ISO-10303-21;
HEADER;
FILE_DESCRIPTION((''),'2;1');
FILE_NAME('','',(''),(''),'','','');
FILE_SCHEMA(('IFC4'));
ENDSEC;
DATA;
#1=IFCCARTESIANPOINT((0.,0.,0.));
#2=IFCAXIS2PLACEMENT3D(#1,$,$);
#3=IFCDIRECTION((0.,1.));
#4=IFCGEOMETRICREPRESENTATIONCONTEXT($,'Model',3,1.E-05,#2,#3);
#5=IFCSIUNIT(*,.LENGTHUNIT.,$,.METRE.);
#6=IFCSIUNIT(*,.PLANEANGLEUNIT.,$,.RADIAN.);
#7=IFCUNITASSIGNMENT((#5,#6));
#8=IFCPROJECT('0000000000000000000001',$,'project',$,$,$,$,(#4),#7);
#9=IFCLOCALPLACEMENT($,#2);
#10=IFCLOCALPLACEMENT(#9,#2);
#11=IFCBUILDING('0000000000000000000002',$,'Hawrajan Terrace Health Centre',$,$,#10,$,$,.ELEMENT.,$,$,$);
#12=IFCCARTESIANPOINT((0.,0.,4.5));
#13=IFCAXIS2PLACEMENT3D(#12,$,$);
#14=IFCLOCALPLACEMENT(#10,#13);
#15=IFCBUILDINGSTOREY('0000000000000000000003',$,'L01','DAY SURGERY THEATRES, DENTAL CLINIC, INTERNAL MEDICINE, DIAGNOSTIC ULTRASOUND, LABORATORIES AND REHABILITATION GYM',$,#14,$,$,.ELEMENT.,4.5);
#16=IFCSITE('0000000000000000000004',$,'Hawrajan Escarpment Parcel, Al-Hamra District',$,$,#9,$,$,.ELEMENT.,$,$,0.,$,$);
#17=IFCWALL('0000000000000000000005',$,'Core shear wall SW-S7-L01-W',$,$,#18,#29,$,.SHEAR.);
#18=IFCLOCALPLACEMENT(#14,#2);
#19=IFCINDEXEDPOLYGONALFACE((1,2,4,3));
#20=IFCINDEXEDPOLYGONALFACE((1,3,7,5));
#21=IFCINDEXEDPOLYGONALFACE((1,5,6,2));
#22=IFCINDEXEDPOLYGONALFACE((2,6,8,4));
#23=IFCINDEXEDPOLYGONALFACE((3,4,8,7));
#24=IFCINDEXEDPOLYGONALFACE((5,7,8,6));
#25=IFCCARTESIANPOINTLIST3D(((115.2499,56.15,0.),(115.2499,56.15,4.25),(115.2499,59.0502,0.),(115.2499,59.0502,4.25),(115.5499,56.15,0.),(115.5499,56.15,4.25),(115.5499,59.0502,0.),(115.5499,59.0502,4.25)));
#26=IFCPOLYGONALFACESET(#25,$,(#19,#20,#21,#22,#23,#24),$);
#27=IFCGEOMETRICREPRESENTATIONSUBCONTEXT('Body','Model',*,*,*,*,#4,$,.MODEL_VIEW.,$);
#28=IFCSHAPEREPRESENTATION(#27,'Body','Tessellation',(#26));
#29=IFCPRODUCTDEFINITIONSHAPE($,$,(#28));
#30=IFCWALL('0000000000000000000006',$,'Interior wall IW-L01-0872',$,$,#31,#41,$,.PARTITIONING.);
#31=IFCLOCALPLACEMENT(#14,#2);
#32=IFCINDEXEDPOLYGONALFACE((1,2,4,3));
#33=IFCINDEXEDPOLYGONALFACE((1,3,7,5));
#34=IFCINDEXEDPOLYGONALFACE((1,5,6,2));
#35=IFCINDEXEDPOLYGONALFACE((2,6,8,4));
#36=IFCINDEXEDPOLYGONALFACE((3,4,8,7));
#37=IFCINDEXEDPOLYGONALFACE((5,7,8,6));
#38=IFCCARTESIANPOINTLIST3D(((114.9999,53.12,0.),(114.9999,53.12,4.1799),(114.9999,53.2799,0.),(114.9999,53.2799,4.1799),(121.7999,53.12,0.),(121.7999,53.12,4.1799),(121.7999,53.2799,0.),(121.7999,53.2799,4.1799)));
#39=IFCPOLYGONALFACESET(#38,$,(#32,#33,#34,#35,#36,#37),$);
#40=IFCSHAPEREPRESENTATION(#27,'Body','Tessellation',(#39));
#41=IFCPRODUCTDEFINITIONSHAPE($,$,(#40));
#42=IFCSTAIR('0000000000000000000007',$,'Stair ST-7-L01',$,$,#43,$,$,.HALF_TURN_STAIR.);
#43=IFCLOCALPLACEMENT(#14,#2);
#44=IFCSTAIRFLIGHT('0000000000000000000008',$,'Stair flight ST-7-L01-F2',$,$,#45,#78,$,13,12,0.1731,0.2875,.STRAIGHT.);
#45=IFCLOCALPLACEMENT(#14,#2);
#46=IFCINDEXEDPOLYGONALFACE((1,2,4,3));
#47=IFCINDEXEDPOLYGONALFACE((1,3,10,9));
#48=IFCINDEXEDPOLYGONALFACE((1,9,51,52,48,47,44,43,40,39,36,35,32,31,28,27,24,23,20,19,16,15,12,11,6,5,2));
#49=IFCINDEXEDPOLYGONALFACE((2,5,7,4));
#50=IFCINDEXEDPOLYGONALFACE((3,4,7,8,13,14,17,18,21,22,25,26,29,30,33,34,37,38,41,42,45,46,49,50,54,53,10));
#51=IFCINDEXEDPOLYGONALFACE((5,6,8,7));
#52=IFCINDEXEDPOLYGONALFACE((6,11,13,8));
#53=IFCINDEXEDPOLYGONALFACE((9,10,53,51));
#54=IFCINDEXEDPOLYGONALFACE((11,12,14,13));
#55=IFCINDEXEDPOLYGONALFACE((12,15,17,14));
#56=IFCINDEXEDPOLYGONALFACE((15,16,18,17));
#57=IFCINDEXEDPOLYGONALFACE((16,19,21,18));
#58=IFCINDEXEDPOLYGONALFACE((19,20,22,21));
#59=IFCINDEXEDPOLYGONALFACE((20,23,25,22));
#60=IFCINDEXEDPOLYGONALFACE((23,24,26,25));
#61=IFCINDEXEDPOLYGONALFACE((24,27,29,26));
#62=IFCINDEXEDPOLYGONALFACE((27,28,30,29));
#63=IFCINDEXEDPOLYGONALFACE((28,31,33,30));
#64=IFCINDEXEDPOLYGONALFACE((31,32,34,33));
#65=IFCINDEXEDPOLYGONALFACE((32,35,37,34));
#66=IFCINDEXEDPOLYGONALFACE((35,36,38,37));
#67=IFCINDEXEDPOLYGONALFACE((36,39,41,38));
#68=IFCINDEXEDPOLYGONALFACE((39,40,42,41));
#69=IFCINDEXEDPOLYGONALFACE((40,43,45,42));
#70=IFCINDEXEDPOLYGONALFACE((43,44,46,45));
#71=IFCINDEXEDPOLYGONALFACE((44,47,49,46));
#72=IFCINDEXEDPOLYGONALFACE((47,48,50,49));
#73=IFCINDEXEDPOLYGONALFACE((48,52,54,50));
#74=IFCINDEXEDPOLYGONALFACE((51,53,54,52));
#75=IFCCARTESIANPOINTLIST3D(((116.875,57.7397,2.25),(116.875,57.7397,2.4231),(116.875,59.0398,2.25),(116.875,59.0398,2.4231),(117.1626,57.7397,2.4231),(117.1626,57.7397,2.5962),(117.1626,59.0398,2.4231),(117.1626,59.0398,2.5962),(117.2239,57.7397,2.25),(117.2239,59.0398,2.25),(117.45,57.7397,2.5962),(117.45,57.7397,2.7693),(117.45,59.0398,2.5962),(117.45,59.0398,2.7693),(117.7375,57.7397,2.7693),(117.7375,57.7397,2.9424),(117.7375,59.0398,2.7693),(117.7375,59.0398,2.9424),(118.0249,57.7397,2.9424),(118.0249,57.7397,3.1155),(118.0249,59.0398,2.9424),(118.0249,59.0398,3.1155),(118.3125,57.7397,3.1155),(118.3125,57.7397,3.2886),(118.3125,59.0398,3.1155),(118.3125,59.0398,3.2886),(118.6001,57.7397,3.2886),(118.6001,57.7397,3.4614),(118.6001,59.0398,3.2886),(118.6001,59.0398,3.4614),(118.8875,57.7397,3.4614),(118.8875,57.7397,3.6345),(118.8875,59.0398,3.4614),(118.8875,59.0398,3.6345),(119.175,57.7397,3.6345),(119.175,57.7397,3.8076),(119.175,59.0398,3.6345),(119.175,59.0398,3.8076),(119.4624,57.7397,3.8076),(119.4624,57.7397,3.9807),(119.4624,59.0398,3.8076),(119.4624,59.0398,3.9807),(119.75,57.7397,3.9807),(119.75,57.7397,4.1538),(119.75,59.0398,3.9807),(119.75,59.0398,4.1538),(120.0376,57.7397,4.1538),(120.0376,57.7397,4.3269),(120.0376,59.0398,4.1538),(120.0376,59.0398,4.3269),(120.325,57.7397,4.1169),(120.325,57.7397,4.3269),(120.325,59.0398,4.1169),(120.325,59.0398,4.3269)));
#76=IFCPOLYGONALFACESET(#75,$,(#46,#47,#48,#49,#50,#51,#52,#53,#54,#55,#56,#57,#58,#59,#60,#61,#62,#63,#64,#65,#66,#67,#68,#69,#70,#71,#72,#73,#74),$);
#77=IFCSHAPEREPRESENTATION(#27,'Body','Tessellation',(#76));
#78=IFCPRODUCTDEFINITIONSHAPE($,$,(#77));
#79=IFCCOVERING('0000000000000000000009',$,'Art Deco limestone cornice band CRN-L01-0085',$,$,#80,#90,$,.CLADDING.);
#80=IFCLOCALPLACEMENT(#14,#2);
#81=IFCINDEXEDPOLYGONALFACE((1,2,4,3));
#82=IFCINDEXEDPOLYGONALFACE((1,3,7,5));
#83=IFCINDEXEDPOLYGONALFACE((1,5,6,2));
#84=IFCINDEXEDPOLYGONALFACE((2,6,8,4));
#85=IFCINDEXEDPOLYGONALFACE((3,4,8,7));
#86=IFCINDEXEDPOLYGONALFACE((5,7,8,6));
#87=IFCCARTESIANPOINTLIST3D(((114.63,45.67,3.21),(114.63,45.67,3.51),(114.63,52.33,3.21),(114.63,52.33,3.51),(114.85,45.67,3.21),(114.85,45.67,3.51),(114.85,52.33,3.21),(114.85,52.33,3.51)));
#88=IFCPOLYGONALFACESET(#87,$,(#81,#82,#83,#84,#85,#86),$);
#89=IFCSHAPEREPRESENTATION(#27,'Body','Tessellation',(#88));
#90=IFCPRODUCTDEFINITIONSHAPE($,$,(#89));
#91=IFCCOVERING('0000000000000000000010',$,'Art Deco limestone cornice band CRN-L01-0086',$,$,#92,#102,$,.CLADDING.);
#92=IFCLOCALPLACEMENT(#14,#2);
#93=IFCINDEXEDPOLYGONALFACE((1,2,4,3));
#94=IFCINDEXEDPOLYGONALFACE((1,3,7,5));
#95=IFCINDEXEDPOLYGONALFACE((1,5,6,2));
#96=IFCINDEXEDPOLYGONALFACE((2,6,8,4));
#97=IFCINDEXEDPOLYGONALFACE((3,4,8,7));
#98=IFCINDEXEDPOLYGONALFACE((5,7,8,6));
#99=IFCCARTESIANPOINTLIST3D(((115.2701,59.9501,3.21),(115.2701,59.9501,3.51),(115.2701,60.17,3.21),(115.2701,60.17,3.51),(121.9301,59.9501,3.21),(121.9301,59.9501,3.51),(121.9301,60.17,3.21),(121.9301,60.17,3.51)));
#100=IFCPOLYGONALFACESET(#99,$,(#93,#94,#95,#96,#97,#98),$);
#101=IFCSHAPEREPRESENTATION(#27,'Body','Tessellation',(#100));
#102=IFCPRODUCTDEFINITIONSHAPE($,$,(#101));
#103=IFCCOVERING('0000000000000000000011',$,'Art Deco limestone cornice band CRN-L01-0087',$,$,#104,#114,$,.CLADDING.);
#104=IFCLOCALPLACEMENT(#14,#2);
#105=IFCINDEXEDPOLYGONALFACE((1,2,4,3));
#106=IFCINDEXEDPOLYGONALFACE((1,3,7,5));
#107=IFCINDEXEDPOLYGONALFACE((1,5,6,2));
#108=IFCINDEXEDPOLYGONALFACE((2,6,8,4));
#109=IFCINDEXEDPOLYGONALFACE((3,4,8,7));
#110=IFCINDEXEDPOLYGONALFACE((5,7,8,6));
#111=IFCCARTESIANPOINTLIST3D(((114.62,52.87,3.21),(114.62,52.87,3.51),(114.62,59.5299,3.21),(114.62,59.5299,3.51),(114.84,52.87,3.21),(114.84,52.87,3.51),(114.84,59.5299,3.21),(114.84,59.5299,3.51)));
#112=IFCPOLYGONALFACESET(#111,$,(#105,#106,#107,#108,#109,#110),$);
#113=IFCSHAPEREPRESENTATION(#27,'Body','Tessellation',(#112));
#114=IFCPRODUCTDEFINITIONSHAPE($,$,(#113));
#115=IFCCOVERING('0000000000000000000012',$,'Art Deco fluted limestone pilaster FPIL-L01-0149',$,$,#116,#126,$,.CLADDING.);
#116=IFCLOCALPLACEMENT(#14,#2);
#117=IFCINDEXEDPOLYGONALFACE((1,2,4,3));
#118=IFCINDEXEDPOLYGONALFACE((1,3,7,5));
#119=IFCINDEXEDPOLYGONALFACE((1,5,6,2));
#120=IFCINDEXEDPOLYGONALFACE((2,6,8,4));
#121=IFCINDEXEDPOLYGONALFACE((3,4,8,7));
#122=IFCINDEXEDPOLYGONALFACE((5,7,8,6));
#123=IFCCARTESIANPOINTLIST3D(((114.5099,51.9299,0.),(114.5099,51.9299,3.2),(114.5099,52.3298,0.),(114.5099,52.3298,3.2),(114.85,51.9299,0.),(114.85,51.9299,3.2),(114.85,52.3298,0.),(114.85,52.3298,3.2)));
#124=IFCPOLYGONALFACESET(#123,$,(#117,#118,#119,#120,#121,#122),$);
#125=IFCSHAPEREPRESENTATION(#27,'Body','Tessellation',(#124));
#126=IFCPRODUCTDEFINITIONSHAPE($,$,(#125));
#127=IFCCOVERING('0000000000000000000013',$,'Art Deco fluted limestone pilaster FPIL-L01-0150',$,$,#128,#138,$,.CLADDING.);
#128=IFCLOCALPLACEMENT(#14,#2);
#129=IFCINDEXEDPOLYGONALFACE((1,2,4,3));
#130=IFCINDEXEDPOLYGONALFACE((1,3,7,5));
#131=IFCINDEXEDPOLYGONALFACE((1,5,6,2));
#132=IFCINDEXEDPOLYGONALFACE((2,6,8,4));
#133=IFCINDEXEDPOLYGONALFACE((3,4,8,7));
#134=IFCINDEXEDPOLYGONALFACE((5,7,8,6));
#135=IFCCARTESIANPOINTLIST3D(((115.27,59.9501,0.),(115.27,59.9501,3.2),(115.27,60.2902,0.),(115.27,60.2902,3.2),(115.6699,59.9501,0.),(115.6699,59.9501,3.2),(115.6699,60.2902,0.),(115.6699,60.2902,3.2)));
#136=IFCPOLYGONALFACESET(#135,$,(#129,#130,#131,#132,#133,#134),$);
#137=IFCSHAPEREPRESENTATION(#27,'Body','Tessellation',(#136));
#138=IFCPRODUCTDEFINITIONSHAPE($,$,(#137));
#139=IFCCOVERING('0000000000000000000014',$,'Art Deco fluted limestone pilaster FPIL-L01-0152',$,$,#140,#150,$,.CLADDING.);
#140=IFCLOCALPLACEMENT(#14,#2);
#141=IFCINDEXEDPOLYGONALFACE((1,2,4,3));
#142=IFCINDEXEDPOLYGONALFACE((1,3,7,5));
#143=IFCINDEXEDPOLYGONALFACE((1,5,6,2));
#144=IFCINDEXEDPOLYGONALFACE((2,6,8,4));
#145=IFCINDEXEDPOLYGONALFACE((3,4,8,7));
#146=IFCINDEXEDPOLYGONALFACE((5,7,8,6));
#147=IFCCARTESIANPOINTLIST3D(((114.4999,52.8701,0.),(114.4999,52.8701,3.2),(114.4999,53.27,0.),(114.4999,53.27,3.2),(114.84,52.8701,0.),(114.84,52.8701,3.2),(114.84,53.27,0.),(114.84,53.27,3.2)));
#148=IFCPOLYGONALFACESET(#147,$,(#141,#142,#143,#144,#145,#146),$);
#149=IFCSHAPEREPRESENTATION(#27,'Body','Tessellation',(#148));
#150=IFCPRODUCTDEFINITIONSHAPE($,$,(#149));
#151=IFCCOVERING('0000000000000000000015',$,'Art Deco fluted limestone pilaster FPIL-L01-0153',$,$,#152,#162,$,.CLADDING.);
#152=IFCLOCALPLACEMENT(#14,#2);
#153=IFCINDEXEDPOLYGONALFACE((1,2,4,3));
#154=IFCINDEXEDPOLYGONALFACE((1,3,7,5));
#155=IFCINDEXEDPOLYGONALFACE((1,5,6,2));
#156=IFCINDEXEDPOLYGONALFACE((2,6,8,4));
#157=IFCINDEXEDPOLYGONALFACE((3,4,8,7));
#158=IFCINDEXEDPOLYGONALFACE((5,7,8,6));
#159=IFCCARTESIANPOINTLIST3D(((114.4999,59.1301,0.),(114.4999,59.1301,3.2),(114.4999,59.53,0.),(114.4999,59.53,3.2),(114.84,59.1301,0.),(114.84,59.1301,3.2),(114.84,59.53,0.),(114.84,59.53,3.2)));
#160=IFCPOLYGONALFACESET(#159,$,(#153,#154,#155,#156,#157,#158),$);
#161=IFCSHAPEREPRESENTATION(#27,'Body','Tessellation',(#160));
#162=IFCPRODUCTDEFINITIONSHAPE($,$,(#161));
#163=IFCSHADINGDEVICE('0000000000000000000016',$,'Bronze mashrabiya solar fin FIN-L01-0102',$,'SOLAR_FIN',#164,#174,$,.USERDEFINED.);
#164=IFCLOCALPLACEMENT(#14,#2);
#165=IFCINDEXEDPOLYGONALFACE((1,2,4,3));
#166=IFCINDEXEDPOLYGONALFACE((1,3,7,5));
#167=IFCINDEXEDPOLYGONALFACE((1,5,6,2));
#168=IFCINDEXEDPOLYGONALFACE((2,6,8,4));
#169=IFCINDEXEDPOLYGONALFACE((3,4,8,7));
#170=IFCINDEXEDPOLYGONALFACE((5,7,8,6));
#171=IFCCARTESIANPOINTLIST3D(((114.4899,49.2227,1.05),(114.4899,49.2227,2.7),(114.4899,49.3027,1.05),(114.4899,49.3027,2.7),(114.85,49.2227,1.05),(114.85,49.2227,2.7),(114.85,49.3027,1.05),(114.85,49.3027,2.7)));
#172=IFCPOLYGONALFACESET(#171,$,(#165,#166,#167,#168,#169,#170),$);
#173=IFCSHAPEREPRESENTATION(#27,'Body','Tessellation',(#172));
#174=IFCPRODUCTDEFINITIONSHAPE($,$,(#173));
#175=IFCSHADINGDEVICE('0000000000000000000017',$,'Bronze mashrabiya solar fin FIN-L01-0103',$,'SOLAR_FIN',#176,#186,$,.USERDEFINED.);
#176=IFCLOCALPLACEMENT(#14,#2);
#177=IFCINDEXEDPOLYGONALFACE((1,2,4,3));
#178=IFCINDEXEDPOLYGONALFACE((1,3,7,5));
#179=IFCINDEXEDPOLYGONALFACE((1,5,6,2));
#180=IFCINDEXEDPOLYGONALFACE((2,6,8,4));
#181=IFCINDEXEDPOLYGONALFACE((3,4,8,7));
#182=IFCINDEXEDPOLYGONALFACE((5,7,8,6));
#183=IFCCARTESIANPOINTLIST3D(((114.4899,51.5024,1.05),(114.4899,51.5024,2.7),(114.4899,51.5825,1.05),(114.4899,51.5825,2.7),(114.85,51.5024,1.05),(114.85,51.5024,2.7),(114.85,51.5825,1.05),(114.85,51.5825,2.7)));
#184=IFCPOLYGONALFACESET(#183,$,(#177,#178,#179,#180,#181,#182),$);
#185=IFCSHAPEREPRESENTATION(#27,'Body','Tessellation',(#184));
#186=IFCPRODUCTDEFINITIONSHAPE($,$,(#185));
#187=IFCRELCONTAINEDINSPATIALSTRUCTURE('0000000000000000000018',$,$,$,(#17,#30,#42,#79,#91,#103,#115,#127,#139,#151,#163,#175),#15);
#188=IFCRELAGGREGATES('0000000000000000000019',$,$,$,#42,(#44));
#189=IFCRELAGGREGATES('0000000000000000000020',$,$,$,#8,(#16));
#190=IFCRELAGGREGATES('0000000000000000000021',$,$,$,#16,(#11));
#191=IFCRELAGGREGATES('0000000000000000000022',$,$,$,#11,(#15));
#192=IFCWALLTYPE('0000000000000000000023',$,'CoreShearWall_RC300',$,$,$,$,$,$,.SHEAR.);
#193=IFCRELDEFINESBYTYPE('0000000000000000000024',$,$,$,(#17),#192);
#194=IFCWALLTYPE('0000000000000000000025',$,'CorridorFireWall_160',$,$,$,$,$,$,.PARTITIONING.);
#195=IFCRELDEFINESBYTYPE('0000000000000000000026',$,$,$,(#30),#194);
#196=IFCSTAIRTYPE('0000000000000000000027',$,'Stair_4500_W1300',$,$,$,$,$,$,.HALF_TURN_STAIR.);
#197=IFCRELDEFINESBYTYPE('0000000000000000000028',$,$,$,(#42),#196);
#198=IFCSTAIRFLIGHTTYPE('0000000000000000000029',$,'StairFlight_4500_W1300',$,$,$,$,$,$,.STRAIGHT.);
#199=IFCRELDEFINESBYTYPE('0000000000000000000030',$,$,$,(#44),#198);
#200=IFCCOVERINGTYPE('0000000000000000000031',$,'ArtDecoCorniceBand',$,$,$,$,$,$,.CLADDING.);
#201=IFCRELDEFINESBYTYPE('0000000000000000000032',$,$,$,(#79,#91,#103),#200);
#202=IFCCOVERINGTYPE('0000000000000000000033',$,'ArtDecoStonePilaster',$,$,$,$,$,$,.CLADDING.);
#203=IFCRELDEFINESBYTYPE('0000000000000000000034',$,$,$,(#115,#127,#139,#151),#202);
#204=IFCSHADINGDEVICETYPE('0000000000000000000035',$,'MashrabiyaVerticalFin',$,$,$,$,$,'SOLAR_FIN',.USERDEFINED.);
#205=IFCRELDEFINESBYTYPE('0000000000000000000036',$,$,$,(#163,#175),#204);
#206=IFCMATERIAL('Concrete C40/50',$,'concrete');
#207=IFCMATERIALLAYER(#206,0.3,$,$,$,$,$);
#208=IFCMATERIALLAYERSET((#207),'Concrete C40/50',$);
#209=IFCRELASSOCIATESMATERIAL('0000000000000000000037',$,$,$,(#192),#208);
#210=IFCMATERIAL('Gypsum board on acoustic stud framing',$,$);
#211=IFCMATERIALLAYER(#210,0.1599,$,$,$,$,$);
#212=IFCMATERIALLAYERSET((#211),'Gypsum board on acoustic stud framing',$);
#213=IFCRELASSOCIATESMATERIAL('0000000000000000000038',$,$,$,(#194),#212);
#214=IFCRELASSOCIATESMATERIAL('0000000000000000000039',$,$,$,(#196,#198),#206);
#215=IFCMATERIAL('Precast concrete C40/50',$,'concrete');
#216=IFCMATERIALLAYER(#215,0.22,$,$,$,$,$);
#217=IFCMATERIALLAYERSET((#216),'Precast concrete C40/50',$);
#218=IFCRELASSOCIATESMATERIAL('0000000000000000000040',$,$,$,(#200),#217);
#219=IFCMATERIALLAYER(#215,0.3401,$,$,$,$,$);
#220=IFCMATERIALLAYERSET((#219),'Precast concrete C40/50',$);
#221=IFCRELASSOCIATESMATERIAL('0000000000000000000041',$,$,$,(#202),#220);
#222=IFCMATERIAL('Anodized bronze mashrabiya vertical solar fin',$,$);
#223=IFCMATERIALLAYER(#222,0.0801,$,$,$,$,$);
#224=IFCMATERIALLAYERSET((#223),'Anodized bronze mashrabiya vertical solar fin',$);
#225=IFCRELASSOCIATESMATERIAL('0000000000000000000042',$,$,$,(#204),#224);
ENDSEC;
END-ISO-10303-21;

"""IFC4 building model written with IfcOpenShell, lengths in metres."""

from ifc_helpers import new_model, si_unit, direction, frame, frame_2d, origin, origin_2d, place, context, subcontext, project, spatial, polyline, rectangle, outline, extrude, material, layer, layer_set, type_object, element, aggregate, save


model = new_model("IFC4")

# Units and contexts
model_context = context("Model", 3, precision=1e-05, world=origin(), true_north=direction((0.0, 1.0)))
body_context = subcontext(model_context, "Body", "Model", "MODEL_VIEW")
ifc_project = project(units=[si_unit("LENGTHUNIT", "METRE"), si_unit("PLANEANGLEUNIT", "RADIAN")], contexts=[model_context])

# Site, building, storey
site_placement = place(None, origin())
site = spatial("IfcSite", under=ifc_project, at=site_placement, Name="Hawrajan Escarpment Parcel, Al-Hamra District", CompositionType="ELEMENT", RefElevation=0.0)
building_placement = place(site_placement, origin())
building = spatial("IfcBuilding", under=site, at=building_placement, Name="Hawrajan Terrace Health Centre", CompositionType="ELEMENT")
storey_placement = place(building_placement, frame((0.0, 0.0, 4.5)))
storey = spatial("IfcBuildingStorey", under=building, at=storey_placement, Name="L01", Description="DAY SURGERY THEATRES, DENTAL CLINIC, INTERNAL MEDICINE, DIAGNOSTIC ULTRASOUND, LABORATORIES AND REHABILITATION GYM", CompositionType="ELEMENT", Elevation=4.5)

# Shared definitions
ifc_material_1 = material(Name="Concrete C40/50", Category="concrete")

# Walls
ifc_material_2 = material(Name="Gypsum board on acoustic stud framing")
ifc_material_3 = material(Name="Precast concrete C40/50", Category="concrete")
ifc_layer_1 = layer(ifc_material_1, 0.3)
ifc_layer_set_1 = layer_set([ifc_layer_1], Name="Concrete C40/50")
wall_type_1 = type_object("IfcWallType", Name="CoreShearWall_RC300", PredefinedType="SHEAR", material=ifc_layer_set_1)
wall_1_placement = place(storey_placement, frame((115.3999, 56.1499, 0.0), z_axis=(0.0, 0.0, 1.0), x_axis=(0.0, 1.0, 0.0)))
element("IfcWall", 1, at=wall_1_placement, inside=storey, type_object=wall_type_1, Name="Core shear wall SW-S7-L01-W", PredefinedType="SHEAR", context=body_context, shape_type="SweptSolid", body=[
    extrude(rectangle(XDim=2.9001, YDim=0.3, at=frame_2d((1.4502, 0.0))), origin(), (0.0, 0.0, 1.0), 4.25),
])
ifc_layer_2 = layer(ifc_material_2, 0.1599)
ifc_layer_set_2 = layer_set([ifc_layer_2], Name="Gypsum board on acoustic stud framing")
wall_type_2 = type_object("IfcWallType", Name="CorridorFireWall_160", PredefinedType="PARTITIONING", material=ifc_layer_set_2)
wall_2_placement = place(storey_placement, frame((115.0, 53.2, 0.0), z_axis=(0.0, 0.0, 1.0), x_axis=(1.0, 0.0, 0.0)))
element("IfcWall", 2, at=wall_2_placement, inside=storey, type_object=wall_type_2, Name="Interior wall IW-L01-0872", PredefinedType="PARTITIONING", context=body_context, shape_type="SweptSolid", body=[
    extrude(rectangle(XDim=6.8, YDim=0.1599, at=frame_2d((3.3999, 0.0))), origin(), (0.0, 0.0, 1.0), 4.1799),
])

# Stair, stair flight
stair_type = type_object("IfcStairType", Name="Stair_4500_W1300", PredefinedType="HALF_TURN_STAIR", material=ifc_material_1)
stair_placement = place(storey_placement, origin())
stair = element("IfcStair", 3, at=stair_placement, inside=storey, type_object=stair_type, Name="Stair ST-7-L01", PredefinedType="HALF_TURN_STAIR")
stair_flight_type = type_object("IfcStairFlightType", Name="StairFlight_4500_W1300", PredefinedType="STRAIGHT", material=ifc_material_1)
stair_flight_placement = place(storey_placement, frame((116.875, 58.3899, 2.25), z_axis=(0.0, 0.0, 1.0), x_axis=(1.0, 0.0, 0.0)))
stair_flight = element("IfcStairFlight", 4, at=stair_flight_placement, type_object=stair_flight_type, Name="Stair flight ST-7-L01-F2", NumberOfRisers=13, NumberOfTreads=12, PredefinedType="STRAIGHT", RiserHeight=0.1731, TreadLength=0.2875, context=body_context, shape_type="SweptSolid", body=[
    extrude(outline(polyline([(0.0, 0.0), (0.0, 0.1731), (0.2876, 0.1731), (0.2876, 0.3462), (0.575, 0.3462), (0.575, 0.5193), (0.8625, 0.5193), (0.8625, 0.6924), (1.1499, 0.6924), (1.1499, 0.8655), (1.4375, 0.8655), (1.4375, 1.0386), (1.7251, 1.0386), (1.7251, 1.2114), (2.0125, 1.2114), (2.0125, 1.3845), (2.3, 1.3845), (2.3, 1.5576), (2.5874, 1.5576), (2.5874, 1.7307), (2.875, 1.7307), (2.875, 1.9038), (3.1626, 1.9038), (3.1626, 2.0769), (3.45, 2.0769), (3.45, 2.25), (3.45, 1.8669), (0.3489, 0.0), (0.0, 0.0)])), frame((0.0, 0.6499, 0.0), z_axis=(0.0, -1.0, 0.0), x_axis=(1.0, 0.0, 0.0)), (0.0, 0.0, 1.0), 1.3),
])
aggregate(stair, [stair_flight])

# Coverings
ifc_layer_3 = layer(ifc_material_3, 0.22)
ifc_layer_set_3 = layer_set([ifc_layer_3], Name="Precast concrete C40/50")
covering_type_1 = type_object("IfcCoveringType", Name="ArtDecoCorniceBand", PredefinedType="CLADDING", material=ifc_layer_set_3)
for number, where, z_axis, x_axis, name in (
    (5, (114.74, 49.0, 3.21), (0.0, 0.0, 1.0), (0.0, 1.0, 0.0), "Art Deco limestone cornice band CRN-L01-0085"),
    (6, (118.6001, 60.0601, 3.21), (0.0, 0.0, 1.0), (1.0, 0.0, 0.0), "Art Deco limestone cornice band CRN-L01-0086"),
    (7, (114.73, 56.2, 3.21), (0.0, 0.0, 1.0), (0.0, 1.0, 0.0), "Art Deco limestone cornice band CRN-L01-0087"),
):
    element("IfcCovering", number, at=place(storey_placement, frame(where, z_axis=z_axis, x_axis=x_axis)), inside=storey, type_object=covering_type_1, Name=name, PredefinedType="CLADDING", context=body_context, shape_type="SweptSolid", body=[
        extrude(rectangle(XDim=6.6599, YDim=0.22, at=origin_2d()), origin(), (0.0, 0.0, 1.0), 0.3),
    ])
ifc_layer_4 = layer(ifc_material_3, 0.3401)
ifc_layer_set_4 = layer_set([ifc_layer_4], Name="Precast concrete C40/50")
covering_type_2 = type_object("IfcCoveringType", Name="ArtDecoStonePilaster", PredefinedType="CLADDING", material=ifc_layer_set_4)
for number, where, z_axis, x_axis, name in (
    (8, (114.6799, 52.1299, 0.0), (0.0, 0.0, 1.0), (0.0, 1.0, 0.0), "Art Deco fluted limestone pilaster FPIL-L01-0149"),
    (9, (115.47, 60.1201, 0.0), (0.0, 0.0, 1.0), (1.0, 0.0, 0.0), "Art Deco fluted limestone pilaster FPIL-L01-0150"),
    (10, (114.6699, 53.0701, 0.0), (0.0, 0.0, 1.0), (0.0, 1.0, 0.0), "Art Deco fluted limestone pilaster FPIL-L01-0152"),
    (11, (114.6699, 59.3301, 0.0), (0.0, 0.0, 1.0), (0.0, 1.0, 0.0), "Art Deco fluted limestone pilaster FPIL-L01-0153"),
):
    element("IfcCovering", number, at=place(storey_placement, frame(where, z_axis=z_axis, x_axis=x_axis)), inside=storey, type_object=covering_type_2, Name=name, PredefinedType="CLADDING", context=body_context, shape_type="SweptSolid", body=[
        extrude(rectangle(XDim=0.3999, YDim=0.3401, at=origin_2d()), origin(), (0.0, 0.0, 1.0), 3.2),
    ])

# Shading devices
ifc_material_4 = material(Name="Anodized bronze mashrabiya vertical solar fin")
ifc_layer_5 = layer(ifc_material_4, 0.0801)
ifc_layer_set_5 = layer_set([ifc_layer_5], Name="Anodized bronze mashrabiya vertical solar fin")
shading_device_type = type_object("IfcShadingDeviceType", Name="MashrabiyaVerticalFin", ElementType="SOLAR_FIN", PredefinedType="USERDEFINED", material=ifc_layer_set_5)
for number, where, z_axis, x_axis, name in (
    (12, (114.6699, 49.2627, 1.05), (0.0, 0.0, 1.0), (0.0, 1.0, 0.0), "Bronze mashrabiya solar fin FIN-L01-0102"),
    (13, (114.6699, 51.5425, 1.05), (0.0, 0.0, 1.0), (0.0, 1.0, 0.0), "Bronze mashrabiya solar fin FIN-L01-0103"),
):
    element("IfcShadingDevice", number, at=place(storey_placement, frame(where, z_axis=z_axis, x_axis=x_axis)), inside=storey, type_object=shading_device_type, Name=name, ObjectType="SOLAR_FIN", PredefinedType="USERDEFINED", context=body_context, shape_type="SweptSolid", body=[
        extrude(rectangle(XDim=0.0801, YDim=0.3601, at=origin_2d()), origin(), (0.0, 0.0, 1.0), 1.6499),
    ])

save(model, "model.ifc")
